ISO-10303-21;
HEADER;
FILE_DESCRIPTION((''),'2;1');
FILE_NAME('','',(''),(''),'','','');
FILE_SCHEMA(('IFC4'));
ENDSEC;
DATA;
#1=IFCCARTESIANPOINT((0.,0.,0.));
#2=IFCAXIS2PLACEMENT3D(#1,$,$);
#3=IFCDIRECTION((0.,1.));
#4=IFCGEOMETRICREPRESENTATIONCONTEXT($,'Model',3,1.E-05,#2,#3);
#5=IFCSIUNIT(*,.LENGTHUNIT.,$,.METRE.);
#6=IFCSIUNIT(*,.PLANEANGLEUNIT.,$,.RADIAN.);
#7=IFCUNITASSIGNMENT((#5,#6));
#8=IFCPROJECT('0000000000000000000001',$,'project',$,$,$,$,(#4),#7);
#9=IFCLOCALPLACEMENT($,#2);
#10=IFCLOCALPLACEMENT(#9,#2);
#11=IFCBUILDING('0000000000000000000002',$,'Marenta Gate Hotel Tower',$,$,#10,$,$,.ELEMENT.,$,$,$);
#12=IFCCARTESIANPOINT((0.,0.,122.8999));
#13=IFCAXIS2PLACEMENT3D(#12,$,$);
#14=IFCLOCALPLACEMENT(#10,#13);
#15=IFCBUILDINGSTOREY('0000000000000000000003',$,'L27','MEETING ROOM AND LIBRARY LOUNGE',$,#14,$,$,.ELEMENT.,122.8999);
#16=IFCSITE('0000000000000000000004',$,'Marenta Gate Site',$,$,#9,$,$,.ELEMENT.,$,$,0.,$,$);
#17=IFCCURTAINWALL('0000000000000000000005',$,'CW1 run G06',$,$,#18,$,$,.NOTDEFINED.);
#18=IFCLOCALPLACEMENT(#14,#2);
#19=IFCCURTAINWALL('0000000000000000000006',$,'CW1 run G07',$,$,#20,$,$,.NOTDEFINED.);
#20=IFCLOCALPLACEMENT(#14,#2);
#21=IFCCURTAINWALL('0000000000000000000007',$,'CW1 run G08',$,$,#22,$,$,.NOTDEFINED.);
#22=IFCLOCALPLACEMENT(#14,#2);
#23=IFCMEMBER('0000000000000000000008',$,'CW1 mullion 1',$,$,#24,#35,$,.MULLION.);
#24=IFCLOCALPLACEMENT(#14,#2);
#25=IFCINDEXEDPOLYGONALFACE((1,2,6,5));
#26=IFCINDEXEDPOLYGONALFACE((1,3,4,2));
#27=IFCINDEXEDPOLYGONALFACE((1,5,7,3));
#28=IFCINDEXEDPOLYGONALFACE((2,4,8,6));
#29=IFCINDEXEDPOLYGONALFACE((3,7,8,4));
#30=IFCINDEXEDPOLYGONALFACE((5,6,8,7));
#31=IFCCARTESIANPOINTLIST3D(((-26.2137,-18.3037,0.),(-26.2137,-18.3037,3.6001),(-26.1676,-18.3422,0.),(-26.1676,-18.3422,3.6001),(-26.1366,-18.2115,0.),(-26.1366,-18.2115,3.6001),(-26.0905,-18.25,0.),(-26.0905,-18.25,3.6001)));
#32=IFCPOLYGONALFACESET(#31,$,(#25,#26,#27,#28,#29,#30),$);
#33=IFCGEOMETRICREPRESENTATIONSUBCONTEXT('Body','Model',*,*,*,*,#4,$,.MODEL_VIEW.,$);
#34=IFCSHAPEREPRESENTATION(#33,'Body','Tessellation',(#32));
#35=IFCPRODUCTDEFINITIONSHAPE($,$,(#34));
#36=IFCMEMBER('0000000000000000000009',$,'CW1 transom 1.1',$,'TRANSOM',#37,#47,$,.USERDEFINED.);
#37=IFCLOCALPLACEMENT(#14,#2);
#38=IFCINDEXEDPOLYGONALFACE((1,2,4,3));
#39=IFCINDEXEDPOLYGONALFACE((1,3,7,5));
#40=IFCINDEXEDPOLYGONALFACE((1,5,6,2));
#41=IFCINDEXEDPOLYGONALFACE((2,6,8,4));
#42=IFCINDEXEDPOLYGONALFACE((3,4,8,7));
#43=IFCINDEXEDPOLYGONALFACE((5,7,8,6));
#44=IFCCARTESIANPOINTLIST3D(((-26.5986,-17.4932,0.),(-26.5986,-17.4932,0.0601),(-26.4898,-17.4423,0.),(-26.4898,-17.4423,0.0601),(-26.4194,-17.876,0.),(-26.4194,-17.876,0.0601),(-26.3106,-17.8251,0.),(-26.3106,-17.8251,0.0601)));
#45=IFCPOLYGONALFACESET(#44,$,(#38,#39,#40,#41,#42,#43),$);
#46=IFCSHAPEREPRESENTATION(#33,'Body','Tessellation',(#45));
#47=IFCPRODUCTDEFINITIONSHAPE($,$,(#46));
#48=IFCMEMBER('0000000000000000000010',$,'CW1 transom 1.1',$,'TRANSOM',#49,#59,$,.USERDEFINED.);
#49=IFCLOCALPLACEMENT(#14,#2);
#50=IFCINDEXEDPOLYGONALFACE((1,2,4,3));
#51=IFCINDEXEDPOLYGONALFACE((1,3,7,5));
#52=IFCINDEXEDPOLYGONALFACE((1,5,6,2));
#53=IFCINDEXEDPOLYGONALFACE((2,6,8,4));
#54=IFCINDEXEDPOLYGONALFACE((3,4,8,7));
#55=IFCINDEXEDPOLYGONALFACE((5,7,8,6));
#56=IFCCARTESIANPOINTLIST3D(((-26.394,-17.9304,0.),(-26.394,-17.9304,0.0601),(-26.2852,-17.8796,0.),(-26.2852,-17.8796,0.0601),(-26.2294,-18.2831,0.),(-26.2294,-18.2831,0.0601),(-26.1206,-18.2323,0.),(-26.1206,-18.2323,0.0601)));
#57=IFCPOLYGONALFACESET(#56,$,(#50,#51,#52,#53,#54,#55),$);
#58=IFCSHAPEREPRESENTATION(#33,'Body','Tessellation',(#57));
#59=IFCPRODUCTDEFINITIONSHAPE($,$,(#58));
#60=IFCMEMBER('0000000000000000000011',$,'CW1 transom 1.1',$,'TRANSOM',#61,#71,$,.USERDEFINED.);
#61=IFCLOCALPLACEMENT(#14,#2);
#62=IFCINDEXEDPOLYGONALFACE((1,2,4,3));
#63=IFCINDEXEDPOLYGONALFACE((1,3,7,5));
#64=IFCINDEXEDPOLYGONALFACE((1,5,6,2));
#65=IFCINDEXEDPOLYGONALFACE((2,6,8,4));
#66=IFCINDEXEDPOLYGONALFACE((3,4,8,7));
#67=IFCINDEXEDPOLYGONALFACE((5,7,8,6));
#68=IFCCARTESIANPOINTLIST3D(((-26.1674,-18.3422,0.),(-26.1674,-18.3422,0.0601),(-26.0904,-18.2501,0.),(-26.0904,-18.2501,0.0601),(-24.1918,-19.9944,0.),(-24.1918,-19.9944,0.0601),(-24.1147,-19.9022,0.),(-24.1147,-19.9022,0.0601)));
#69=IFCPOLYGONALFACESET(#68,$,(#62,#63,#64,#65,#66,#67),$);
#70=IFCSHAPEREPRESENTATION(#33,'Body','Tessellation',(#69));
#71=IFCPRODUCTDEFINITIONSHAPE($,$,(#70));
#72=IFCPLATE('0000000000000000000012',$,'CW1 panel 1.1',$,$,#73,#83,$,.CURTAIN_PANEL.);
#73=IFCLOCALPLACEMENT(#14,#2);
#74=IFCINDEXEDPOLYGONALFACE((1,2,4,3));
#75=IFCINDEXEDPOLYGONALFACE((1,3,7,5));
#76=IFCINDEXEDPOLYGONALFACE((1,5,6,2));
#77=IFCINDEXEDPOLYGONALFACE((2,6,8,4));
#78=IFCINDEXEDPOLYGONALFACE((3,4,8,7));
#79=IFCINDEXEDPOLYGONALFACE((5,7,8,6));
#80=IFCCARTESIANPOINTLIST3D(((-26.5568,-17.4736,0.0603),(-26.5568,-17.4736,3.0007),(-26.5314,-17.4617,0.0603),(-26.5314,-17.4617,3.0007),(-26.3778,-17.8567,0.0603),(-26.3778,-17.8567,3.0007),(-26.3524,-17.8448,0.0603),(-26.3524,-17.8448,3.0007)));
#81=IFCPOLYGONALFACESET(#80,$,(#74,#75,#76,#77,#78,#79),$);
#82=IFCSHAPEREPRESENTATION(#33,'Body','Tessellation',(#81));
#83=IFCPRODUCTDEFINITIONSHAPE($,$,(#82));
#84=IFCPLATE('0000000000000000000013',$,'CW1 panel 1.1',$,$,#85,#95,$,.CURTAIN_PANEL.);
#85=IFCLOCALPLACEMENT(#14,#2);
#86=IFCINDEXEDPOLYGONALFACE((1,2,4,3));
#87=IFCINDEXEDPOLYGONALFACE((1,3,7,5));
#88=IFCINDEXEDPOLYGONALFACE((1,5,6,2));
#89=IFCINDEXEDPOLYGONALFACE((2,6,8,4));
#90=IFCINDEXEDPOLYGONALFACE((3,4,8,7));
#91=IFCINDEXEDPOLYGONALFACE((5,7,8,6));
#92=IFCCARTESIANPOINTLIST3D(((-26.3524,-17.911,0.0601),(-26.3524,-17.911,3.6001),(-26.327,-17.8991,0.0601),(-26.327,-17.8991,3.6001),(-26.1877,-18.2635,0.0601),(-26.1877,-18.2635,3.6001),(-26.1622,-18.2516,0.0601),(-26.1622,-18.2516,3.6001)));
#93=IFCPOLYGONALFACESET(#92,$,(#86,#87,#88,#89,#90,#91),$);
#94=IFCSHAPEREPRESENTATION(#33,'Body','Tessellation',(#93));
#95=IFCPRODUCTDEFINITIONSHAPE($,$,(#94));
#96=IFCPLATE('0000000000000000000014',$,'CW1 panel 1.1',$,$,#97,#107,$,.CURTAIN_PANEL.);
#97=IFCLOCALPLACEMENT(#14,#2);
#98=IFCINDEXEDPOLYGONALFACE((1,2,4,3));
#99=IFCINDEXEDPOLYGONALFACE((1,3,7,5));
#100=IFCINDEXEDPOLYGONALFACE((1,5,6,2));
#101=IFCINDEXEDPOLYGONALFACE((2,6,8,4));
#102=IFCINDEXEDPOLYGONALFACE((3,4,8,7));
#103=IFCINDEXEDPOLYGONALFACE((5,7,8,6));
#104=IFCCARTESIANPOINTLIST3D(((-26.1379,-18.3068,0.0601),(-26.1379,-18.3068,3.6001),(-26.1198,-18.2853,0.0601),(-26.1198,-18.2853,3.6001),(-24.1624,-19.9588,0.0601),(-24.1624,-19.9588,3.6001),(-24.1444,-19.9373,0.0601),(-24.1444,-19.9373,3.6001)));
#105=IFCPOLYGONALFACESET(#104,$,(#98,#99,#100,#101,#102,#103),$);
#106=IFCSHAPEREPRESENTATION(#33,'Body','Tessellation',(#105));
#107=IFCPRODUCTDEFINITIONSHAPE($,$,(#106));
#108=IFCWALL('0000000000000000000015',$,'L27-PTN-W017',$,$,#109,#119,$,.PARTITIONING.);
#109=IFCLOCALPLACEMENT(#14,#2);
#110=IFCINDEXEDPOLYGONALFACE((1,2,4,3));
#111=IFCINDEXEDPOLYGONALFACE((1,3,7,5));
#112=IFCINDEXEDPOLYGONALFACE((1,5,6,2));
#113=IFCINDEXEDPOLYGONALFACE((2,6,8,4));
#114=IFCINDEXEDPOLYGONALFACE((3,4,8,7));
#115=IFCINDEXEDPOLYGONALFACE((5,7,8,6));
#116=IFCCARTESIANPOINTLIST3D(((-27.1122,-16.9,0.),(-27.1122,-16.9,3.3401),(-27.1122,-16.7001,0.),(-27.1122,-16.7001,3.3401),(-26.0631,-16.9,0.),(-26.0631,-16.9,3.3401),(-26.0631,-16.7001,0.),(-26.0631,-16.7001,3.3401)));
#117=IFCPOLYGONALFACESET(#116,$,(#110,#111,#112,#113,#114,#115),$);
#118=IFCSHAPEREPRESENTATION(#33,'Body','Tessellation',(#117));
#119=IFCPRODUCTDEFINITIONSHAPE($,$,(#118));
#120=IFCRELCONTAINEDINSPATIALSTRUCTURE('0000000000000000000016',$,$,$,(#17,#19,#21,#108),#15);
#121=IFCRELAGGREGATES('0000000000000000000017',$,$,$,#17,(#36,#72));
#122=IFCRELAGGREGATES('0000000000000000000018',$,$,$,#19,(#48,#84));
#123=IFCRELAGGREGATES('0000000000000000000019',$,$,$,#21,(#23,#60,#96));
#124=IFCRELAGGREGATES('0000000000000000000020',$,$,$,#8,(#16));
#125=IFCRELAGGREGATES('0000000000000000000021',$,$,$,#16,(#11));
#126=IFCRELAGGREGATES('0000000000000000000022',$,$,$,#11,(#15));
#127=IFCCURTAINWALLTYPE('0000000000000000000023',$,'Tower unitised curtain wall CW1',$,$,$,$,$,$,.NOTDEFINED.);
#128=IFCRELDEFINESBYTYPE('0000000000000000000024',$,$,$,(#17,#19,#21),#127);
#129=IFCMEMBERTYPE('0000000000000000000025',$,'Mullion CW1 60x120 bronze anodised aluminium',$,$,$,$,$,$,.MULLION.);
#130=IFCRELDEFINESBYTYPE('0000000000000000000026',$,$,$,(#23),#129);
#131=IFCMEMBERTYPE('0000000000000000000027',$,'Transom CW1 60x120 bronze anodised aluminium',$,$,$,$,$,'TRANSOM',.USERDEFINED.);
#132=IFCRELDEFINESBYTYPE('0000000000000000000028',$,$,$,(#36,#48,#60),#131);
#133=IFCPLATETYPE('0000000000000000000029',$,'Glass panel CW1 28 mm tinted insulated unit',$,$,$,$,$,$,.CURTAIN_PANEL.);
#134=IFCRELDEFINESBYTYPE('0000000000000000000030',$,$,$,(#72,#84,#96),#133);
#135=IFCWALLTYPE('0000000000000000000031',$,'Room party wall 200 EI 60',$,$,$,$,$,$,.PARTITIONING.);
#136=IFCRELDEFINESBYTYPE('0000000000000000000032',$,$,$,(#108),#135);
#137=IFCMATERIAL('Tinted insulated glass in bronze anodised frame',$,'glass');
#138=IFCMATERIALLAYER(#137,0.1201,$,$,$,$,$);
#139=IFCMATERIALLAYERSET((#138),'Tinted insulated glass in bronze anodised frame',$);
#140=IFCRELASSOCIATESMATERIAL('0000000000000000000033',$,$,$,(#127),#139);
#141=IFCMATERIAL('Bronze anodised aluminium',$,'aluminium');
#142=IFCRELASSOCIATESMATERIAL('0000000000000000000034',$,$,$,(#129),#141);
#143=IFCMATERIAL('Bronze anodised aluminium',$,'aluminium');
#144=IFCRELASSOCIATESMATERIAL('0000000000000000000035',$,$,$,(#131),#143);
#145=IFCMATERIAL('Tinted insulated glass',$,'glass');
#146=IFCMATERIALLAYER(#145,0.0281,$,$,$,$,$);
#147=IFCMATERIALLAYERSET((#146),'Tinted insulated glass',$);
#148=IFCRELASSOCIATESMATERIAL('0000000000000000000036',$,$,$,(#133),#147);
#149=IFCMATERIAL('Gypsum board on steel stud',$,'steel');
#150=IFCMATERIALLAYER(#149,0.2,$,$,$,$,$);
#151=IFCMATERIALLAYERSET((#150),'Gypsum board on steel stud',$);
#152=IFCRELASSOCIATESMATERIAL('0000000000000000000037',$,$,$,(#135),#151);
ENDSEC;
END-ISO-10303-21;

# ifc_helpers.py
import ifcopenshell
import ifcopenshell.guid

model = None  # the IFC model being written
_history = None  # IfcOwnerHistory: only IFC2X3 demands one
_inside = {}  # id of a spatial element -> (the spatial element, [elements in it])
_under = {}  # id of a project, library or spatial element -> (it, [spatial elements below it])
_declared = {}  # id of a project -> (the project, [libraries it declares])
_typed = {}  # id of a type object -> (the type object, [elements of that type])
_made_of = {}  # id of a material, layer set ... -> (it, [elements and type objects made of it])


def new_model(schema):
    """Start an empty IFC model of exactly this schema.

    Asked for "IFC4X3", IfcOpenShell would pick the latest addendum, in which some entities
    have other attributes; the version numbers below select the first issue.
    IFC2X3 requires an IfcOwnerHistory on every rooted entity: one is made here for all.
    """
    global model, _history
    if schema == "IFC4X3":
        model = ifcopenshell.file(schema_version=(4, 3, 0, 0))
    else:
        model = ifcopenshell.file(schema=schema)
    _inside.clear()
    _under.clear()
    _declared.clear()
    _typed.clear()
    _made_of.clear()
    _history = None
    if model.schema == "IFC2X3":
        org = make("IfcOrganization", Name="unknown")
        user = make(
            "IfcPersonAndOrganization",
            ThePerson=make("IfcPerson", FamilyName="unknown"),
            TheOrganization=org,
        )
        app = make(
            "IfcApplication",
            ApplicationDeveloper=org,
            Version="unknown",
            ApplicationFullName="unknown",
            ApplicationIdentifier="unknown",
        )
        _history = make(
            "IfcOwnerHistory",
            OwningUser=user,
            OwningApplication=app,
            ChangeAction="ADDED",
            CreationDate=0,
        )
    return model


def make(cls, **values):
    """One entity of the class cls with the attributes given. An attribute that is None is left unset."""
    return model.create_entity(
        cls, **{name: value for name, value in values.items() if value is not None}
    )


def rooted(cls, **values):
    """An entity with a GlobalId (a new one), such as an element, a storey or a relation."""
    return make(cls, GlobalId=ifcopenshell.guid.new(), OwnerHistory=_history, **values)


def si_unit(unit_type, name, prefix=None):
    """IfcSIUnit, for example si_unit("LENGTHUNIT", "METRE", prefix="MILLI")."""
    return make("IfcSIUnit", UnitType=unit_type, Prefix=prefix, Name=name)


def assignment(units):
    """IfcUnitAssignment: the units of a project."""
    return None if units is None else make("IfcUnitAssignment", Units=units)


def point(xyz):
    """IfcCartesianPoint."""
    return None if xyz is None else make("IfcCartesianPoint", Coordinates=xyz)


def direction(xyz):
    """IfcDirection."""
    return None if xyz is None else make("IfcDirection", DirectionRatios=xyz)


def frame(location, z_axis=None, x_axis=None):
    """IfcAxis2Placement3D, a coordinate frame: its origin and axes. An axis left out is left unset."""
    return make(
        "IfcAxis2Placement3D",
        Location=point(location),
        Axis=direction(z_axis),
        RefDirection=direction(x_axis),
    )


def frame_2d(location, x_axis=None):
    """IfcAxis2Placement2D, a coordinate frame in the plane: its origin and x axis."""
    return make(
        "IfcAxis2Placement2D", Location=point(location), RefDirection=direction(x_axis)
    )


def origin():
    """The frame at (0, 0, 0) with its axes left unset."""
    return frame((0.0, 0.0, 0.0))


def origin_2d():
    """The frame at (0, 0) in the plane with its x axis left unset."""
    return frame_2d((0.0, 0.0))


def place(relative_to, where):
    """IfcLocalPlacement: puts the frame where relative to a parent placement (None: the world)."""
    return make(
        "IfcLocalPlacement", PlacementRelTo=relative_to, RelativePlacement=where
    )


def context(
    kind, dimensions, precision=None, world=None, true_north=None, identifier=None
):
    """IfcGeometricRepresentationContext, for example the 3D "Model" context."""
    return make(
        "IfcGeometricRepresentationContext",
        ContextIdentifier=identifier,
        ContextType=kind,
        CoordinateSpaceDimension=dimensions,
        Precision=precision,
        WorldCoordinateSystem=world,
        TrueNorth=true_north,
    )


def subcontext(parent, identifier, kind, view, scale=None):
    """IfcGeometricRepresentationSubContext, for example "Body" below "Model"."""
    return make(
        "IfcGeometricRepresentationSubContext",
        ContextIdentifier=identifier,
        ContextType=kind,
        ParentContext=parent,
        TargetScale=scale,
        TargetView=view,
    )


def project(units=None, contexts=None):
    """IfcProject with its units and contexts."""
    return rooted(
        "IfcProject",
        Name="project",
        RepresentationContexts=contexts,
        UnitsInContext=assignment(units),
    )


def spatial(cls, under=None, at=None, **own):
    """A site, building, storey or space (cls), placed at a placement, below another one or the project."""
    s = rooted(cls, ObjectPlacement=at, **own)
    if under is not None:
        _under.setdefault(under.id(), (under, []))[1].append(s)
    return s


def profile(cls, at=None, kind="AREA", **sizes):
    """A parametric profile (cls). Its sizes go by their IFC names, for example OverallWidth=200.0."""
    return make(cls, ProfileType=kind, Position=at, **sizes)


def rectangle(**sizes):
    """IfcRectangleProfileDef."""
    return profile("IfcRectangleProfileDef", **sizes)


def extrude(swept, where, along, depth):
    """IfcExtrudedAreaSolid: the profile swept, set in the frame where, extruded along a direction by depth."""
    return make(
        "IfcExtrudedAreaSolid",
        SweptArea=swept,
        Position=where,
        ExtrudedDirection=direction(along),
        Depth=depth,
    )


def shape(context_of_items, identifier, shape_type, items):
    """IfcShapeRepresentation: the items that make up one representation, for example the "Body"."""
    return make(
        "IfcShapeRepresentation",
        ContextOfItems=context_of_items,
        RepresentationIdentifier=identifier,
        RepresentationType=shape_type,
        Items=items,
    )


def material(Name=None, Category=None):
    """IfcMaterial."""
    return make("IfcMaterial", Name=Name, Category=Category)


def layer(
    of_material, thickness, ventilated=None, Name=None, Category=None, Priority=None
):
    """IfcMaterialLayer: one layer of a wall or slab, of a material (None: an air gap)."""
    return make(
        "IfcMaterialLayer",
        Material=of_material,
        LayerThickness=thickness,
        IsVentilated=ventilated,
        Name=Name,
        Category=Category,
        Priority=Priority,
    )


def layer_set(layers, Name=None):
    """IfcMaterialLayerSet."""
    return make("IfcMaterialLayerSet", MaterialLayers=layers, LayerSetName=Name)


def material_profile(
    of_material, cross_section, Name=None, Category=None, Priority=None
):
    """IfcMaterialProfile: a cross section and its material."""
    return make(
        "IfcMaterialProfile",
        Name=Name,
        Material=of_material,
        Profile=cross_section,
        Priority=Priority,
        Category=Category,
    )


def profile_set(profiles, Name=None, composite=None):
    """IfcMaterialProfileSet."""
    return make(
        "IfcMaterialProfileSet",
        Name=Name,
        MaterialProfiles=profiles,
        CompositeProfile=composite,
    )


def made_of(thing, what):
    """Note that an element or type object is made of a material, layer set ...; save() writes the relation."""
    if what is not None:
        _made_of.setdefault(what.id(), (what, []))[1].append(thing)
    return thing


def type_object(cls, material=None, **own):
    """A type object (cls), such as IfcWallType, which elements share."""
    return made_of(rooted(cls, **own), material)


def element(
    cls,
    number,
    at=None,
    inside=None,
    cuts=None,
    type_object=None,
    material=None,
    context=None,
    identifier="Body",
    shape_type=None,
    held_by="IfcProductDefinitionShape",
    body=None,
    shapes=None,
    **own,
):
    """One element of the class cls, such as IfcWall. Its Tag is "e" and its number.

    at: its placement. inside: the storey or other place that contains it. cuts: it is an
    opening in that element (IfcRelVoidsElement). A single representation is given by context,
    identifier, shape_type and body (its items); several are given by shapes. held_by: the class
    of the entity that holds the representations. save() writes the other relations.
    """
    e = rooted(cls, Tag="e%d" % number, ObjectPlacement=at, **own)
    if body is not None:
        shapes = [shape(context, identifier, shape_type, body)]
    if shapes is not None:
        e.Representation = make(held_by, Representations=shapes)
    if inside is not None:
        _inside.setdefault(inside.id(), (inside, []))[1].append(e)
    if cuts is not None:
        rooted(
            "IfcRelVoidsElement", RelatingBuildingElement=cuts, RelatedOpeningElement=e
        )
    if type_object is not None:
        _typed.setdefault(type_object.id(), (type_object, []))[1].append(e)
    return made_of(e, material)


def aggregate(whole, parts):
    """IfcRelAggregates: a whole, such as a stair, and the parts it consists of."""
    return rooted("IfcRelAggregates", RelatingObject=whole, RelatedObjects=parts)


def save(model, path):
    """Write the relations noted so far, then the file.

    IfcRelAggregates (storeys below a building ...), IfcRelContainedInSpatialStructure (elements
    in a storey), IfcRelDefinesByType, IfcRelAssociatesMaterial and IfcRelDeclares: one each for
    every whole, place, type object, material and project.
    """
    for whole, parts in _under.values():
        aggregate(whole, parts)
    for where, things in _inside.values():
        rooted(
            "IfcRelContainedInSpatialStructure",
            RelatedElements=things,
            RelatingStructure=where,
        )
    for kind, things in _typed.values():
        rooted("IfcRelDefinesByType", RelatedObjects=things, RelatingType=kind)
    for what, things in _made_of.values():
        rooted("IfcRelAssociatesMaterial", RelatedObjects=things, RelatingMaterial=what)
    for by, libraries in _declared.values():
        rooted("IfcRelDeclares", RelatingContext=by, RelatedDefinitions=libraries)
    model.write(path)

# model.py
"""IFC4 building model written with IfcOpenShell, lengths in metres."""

from ifc_helpers import new_model, si_unit, direction, frame, frame_2d, origin, origin_2d, place, context, subcontext, project, spatial, rectangle, extrude, material, layer, layer_set, material_profile, profile_set, type_object, element, aggregate, save


model = new_model("IFC4")

# Units and contexts
model_context = context("Model", 3, precision=1e-05, world=origin(), true_north=direction((0.0, 1.0)))
body_context = subcontext(model_context, "Body", "Model", "MODEL_VIEW")
ifc_project = project(units=[si_unit("LENGTHUNIT", "METRE"), si_unit("PLANEANGLEUNIT", "RADIAN")], contexts=[model_context])

# Site, building, storey
site_placement = place(None, origin())
site = spatial("IfcSite", under=ifc_project, at=site_placement, Name="Marenta Gate Site", CompositionType="ELEMENT", RefElevation=0.0)
building_placement = place(site_placement, origin())
building = spatial("IfcBuilding", under=site, at=building_placement, Name="Marenta Gate Hotel Tower", CompositionType="ELEMENT")
storey_placement = place(building_placement, frame((0.0, 0.0, 122.8999)))
storey = spatial("IfcBuildingStorey", under=building, at=storey_placement, Name="L27", Description="MEETING ROOM AND LIBRARY LOUNGE", CompositionType="ELEMENT", Elevation=122.8999)

# Curtain walls, member
ifc_material_1 = material(Name="Tinted insulated glass in bronze anodised frame", Category="glass")
ifc_layer_1 = layer(ifc_material_1, 0.1201)
ifc_layer_set_1 = layer_set([ifc_layer_1], Name="Tinted insulated glass in bronze anodised frame")
curtain_wall_type = type_object("IfcCurtainWallType", Name="Tower unitised curtain wall CW1", PredefinedType="NOTDEFINED", material=ifc_layer_set_1)
curtain_wall_1_placement = place(storey_placement, origin())
curtain_wall_1 = element("IfcCurtainWall", 1, at=curtain_wall_1_placement, inside=storey, type_object=curtain_wall_type, Name="CW1 run G06", PredefinedType="NOTDEFINED")
ifc_material_2 = material(Name="Bronze anodised aluminium", Category="aluminium")
ifc_material_profile_1 = material_profile(ifc_material_2, rectangle(XDim=0.1201, YDim=0.0601, at=origin_2d()), Name="Mullion CW1 60x120 bronze anodised aluminium")
ifc_profile_set_1 = profile_set([ifc_material_profile_1], Name="Bronze anodised aluminium")
member_type_1 = type_object("IfcMemberType", Name="Mullion CW1 60x120 bronze anodised aluminium", PredefinedType="MULLION", material=ifc_profile_set_1)
curtain_wall_2_placement = place(storey_placement, origin())
curtain_wall_2 = element("IfcCurtainWall", 2, at=curtain_wall_2_placement, inside=storey, type_object=curtain_wall_type, Name="CW1 run G07", PredefinedType="NOTDEFINED")
curtain_wall_3_placement = place(storey_placement, origin())
curtain_wall_3 = element("IfcCurtainWall", 3, at=curtain_wall_3_placement, inside=storey, type_object=curtain_wall_type, Name="CW1 run G08", PredefinedType="NOTDEFINED")
member_1_placement = place(storey_placement, frame((-26.1521, -18.2769, 0.0), z_axis=(0.0, 0.0, 1.0), x_axis=(0.641512, 0.767113, 0.0)))
member_1 = element("IfcMember", 4, at=member_1_placement, type_object=member_type_1, Name="CW1 mullion 1", PredefinedType="MULLION", context=body_context, shape_type="SweptSolid", body=[
    extrude(rectangle(XDim=0.1201, YDim=0.0601, at=origin_2d()), origin(), (0.0, 0.0, 1.0), 3.6001),
])

# Members
ifc_material_3 = material(Name="Bronze anodised aluminium", Category="aluminium")
ifc_material_profile_2 = material_profile(ifc_material_3, rectangle(XDim=0.1201, YDim=0.0601, at=origin_2d()), Name="Transom CW1 60x120 bronze anodised aluminium")
ifc_profile_set_2 = profile_set([ifc_material_profile_2], Name="Bronze anodised aluminium")
member_type_2 = type_object("IfcMemberType", Name="Transom CW1 60x120 bronze anodised aluminium", ElementType="TRANSOM", PredefinedType="USERDEFINED", material=ifc_profile_set_2)
member_2_placement = place(storey_placement, frame((-26.5442, -17.4678, 0.03), z_axis=(0.42396, -0.905681, 0.0), x_axis=(0.905681, 0.42396, 0.0)))
member_2 = element("IfcMember", 5, at=member_2_placement, type_object=member_type_2, Name="CW1 transom 1.1", ObjectType="TRANSOM", PredefinedType="USERDEFINED", context=body_context, shape_type="SweptSolid", body=[
    extrude(rectangle(XDim=0.1201, YDim=0.0601, at=origin_2d()), origin(), (0.0, 0.0, 1.0), 0.4226),
])
member_3_placement = place(storey_placement, frame((-26.3396, -17.905, 0.03), z_axis=(0.422954, -0.906151, 0.0), x_axis=(0.906151, 0.422954, 0.0)))
member_3 = element("IfcMember", 6, at=member_3_placement, type_object=member_type_2, Name="CW1 transom 1.1", ObjectType="TRANSOM", PredefinedType="USERDEFINED", context=body_context, shape_type="SweptSolid", body=[
    extrude(rectangle(XDim=0.1201, YDim=0.0601, at=origin_2d()), origin(), (0.0, 0.0, 1.0), 0.3892),
])
member_4_placement = place(storey_placement, frame((-26.1289, -18.2961, 0.03), z_axis=(0.767117, -0.641508, 0.0), x_axis=(0.641508, 0.767117, 0.0)))
member_4 = element("IfcMember", 7, at=member_4_placement, type_object=member_type_2, Name="CW1 transom 1.1", ObjectType="TRANSOM", PredefinedType="USERDEFINED", context=body_context, shape_type="SweptSolid", body=[
    extrude(rectangle(XDim=0.1201, YDim=0.0601, at=origin_2d()), origin(), (0.0, 0.0, 1.0), 2.5754),
])

# Plates
ifc_material_4 = material(Name="Tinted insulated glass", Category="glass")
ifc_layer_2 = layer(ifc_material_4, 0.0281)
ifc_layer_set_2 = layer_set([ifc_layer_2], Name="Tinted insulated glass")
plate_type = type_object("IfcPlateType", Name="Glass panel CW1 28 mm tinted insulated unit", PredefinedType="CURTAIN_PANEL", material=ifc_layer_set_2)
plate_1_placement = place(storey_placement, frame((-26.4546, -17.6592, 0.0603), z_axis=(0.0, 0.0, 1.0), x_axis=(0.423362, -0.905961, 0.0)))
plate_1 = element("IfcPlate", 8, at=plate_1_placement, type_object=plate_type, Name="CW1 panel 1.1", PredefinedType="CURTAIN_PANEL", context=body_context, shape_type="SweptSolid", body=[
    extrude(rectangle(XDim=0.4229, YDim=0.0281, at=origin_2d()), origin(), (0.0, 0.0, 1.0), 2.9404),
])
aggregate(curtain_wall_1, [member_2, plate_1])
plate_2_placement = place(storey_placement, frame((-26.2573, -18.0813, 0.0601), z_axis=(0.0, 0.0, 1.0), x_axis=(0.423275, -0.906001, 0.0)))
plate_2 = element("IfcPlate", 9, at=plate_2_placement, type_object=plate_type, Name="CW1 panel 1.1", PredefinedType="CURTAIN_PANEL", context=body_context, shape_type="SweptSolid", body=[
    extrude(rectangle(XDim=0.3892, YDim=0.0281, at=origin_2d()), origin(), (0.0, 0.0, 1.0), 3.54),
])
aggregate(curtain_wall_2, [member_3, plate_2])
plate_3_placement = place(storey_placement, frame((-25.1411, -19.1221, 0.0601), z_axis=(0.0, 0.0, 1.0), x_axis=(0.767113, -0.641512, 0.0)))
plate_3 = element("IfcPlate", 10, at=plate_3_placement, type_object=plate_type, Name="CW1 panel 1.1", PredefinedType="CURTAIN_PANEL", context=body_context, shape_type="SweptSolid", body=[
    extrude(rectangle(XDim=2.5752, YDim=0.0281, at=origin_2d()), origin(), (0.0, 0.0, 1.0), 3.54),
])
aggregate(curtain_wall_3, [member_1, member_4, plate_3])

# Wall
ifc_material_5 = material(Name="Gypsum board on steel stud", Category="steel")
ifc_layer_3 = layer(ifc_material_5, 0.2)
ifc_layer_set_3 = layer_set([ifc_layer_3], Name="Gypsum board on steel stud")
wall_type = type_object("IfcWallType", Name="Room party wall 200 EI 60", PredefinedType="PARTITIONING", material=ifc_layer_set_3)
wall_placement = place(storey_placement, frame((-27.1121, -16.8, 0.0), z_axis=(0.0, 0.0, 1.0), x_axis=(1.0, 0.0, 0.0)))
element("IfcWall", 11, at=wall_placement, inside=storey, type_object=wall_type, Name="L27-PTN-W017", PredefinedType="PARTITIONING", context=body_context, shape_type="SweptSolid", body=[
    extrude(rectangle(XDim=1.0491, YDim=0.2, at=frame_2d((0.5244, 0.0))), origin(), (0.0, 0.0, 1.0), 3.3401),
])

save(model, "model.ifc")
